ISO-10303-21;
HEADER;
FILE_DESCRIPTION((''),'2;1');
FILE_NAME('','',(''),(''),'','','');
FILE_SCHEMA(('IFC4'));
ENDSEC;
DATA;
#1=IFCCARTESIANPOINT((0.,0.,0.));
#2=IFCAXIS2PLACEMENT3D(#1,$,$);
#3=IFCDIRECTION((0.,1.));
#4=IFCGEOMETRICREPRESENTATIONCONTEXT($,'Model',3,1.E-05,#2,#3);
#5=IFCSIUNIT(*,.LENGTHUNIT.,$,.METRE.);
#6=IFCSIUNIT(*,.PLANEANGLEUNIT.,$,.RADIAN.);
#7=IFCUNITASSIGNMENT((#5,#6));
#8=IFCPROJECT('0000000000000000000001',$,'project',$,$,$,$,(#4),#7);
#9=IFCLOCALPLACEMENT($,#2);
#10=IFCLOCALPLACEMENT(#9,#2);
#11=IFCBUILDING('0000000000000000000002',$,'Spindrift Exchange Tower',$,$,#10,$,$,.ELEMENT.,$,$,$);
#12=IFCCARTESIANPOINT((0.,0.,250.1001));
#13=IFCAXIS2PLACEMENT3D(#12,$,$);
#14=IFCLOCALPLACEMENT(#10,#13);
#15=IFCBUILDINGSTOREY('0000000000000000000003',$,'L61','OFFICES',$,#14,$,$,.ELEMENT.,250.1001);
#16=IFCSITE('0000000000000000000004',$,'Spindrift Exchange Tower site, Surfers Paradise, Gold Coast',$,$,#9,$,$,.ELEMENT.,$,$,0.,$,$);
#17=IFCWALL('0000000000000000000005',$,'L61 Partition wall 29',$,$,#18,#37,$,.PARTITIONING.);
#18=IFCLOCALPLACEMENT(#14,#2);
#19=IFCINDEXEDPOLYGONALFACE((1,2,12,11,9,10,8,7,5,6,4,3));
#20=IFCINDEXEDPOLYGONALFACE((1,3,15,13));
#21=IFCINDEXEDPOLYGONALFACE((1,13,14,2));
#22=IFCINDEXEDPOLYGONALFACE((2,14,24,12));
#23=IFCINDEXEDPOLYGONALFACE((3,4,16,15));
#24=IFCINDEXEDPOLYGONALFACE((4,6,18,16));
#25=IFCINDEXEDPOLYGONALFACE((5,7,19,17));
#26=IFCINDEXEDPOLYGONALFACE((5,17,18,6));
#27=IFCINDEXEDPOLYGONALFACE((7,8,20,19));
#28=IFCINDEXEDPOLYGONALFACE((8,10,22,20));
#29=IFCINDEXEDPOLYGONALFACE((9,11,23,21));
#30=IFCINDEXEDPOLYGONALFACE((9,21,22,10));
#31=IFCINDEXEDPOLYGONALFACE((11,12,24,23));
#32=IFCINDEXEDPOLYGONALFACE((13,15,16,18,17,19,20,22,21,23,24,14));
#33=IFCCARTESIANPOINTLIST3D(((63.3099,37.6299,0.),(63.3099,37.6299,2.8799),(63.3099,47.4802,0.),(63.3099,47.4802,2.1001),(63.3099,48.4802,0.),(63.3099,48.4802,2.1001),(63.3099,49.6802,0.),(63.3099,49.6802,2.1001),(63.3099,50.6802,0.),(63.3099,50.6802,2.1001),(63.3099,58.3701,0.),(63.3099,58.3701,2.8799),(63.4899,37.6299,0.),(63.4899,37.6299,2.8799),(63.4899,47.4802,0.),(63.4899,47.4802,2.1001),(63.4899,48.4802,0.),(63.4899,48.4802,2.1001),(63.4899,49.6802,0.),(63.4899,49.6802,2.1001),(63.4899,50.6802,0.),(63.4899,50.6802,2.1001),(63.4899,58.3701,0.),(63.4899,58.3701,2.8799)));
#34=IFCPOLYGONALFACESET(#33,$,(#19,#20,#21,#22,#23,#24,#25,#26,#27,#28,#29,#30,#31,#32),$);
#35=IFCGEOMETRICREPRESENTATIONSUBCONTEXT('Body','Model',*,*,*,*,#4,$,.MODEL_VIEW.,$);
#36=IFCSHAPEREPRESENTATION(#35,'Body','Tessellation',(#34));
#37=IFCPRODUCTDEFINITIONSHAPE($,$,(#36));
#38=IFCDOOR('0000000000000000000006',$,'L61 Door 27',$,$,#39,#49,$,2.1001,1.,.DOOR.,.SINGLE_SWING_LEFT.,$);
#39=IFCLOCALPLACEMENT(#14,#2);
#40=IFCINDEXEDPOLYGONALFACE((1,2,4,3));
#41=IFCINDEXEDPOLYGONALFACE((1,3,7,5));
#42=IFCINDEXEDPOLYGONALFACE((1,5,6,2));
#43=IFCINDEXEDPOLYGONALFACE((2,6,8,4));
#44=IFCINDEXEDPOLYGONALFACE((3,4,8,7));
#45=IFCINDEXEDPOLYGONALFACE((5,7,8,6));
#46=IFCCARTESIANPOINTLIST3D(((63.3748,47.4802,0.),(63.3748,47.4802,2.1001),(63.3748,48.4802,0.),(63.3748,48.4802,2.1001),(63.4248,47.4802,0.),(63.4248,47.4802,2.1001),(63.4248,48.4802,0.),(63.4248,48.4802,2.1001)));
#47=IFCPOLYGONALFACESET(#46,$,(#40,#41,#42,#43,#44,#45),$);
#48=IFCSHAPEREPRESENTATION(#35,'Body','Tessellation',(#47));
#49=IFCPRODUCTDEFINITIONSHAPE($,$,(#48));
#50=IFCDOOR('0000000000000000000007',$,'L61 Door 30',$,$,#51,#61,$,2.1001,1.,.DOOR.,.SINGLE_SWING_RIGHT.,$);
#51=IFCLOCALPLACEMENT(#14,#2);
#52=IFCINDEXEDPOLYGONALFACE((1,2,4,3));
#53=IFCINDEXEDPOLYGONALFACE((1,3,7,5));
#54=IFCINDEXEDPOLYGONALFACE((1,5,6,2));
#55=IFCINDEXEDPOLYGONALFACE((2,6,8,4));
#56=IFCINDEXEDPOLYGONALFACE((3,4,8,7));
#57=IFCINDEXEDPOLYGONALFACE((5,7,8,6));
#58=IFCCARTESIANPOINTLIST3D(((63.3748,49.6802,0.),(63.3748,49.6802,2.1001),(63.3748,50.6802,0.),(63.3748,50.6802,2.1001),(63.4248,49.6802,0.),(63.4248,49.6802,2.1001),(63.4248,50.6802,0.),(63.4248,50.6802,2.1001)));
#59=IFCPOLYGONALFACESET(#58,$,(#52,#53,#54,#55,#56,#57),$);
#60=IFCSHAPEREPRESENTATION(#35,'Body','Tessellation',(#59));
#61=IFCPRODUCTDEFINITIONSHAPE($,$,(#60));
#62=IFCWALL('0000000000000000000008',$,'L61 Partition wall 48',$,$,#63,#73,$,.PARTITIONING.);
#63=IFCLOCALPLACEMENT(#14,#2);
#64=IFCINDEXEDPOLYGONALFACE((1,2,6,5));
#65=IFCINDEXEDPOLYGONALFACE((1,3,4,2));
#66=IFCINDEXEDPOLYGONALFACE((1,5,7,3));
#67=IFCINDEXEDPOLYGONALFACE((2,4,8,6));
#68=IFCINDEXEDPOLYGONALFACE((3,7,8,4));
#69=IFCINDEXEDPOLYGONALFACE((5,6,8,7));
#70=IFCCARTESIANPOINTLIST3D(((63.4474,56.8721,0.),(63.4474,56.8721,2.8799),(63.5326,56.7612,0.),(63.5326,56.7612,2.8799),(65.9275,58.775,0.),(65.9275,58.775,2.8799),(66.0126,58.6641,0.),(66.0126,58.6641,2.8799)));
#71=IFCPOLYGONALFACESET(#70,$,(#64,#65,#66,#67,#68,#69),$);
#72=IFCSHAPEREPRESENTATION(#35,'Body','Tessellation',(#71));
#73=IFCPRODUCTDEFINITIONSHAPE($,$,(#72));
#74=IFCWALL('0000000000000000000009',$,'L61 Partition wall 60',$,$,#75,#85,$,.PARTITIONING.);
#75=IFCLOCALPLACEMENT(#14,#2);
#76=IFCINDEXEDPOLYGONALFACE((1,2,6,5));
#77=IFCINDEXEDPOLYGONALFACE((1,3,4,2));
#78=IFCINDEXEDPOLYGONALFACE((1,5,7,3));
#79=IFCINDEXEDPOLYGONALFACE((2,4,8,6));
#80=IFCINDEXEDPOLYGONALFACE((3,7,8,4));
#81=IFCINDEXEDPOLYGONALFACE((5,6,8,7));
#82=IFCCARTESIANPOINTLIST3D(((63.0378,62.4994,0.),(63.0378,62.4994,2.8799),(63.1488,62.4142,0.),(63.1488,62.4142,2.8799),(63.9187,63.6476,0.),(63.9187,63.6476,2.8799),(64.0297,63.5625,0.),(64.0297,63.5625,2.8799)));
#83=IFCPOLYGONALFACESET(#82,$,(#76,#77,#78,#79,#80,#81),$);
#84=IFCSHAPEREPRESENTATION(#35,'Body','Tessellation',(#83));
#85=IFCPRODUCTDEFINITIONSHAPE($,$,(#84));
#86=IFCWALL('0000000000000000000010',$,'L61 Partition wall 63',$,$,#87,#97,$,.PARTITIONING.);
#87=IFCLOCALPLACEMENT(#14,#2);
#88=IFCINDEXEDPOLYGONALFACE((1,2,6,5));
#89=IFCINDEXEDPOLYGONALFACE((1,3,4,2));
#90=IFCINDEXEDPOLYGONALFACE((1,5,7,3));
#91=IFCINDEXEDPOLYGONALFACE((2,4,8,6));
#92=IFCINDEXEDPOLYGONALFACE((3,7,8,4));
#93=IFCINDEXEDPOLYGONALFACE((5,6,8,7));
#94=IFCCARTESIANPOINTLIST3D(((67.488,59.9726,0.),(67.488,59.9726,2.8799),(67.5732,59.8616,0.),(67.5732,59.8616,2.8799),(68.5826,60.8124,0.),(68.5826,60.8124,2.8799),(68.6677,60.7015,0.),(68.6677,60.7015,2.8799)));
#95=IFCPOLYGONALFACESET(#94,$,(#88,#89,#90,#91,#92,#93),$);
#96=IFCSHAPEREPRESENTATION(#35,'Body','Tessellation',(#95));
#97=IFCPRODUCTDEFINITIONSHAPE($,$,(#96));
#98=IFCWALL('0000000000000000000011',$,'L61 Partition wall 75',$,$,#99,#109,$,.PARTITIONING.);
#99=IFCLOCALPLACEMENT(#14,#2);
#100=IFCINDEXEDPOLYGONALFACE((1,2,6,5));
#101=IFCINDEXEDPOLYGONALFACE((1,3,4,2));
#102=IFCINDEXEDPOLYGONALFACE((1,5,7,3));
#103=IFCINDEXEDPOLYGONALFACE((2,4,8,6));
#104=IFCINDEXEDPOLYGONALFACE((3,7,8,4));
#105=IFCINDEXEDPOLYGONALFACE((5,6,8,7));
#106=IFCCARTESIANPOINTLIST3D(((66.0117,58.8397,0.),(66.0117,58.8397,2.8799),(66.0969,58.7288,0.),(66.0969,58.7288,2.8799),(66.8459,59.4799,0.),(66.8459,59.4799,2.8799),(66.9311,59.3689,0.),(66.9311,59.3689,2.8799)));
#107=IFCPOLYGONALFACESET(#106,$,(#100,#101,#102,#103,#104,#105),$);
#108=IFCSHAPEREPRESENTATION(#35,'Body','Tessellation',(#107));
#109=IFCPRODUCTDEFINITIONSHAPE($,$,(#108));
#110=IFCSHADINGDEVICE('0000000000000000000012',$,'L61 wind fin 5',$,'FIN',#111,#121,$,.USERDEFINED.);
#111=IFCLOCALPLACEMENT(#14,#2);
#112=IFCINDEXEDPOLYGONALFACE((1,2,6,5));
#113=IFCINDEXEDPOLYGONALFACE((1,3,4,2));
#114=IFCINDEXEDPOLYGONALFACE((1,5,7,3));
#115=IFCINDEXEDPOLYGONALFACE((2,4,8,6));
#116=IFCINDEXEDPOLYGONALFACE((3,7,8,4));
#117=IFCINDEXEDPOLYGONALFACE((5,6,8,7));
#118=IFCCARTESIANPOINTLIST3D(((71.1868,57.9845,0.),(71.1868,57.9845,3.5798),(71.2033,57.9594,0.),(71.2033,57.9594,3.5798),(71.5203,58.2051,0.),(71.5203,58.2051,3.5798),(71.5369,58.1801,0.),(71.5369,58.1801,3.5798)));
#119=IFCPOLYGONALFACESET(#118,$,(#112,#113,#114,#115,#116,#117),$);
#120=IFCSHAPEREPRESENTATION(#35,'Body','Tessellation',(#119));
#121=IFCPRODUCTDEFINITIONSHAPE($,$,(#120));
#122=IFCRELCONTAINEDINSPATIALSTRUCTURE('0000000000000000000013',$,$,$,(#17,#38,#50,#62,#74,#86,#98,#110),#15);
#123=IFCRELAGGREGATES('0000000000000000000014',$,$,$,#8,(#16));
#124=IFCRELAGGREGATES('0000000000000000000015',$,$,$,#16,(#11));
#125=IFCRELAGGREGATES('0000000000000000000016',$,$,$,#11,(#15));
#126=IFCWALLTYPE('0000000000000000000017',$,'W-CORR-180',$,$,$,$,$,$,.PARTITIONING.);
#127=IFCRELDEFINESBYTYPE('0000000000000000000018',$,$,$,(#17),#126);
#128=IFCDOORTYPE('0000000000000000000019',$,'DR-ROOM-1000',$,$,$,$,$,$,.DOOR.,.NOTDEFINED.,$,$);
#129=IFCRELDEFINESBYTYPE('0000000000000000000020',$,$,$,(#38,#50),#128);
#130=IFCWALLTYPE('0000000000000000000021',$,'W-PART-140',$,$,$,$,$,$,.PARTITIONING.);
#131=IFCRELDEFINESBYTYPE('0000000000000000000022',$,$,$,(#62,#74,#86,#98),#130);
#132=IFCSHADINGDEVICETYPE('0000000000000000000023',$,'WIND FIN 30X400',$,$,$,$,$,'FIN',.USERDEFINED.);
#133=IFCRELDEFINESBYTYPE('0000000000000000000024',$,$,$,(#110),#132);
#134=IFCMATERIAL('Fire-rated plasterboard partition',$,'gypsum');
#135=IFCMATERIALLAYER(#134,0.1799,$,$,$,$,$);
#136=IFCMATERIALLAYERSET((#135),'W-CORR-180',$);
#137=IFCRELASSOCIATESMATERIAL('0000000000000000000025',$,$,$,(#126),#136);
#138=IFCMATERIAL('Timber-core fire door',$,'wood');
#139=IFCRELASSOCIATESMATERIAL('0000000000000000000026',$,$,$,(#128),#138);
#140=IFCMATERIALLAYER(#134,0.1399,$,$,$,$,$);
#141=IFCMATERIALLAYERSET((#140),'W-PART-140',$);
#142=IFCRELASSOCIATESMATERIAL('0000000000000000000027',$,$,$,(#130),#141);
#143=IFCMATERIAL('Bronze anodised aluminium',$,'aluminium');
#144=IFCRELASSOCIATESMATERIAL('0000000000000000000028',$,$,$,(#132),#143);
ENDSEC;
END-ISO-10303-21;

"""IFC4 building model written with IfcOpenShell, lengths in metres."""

from ifc_helpers import new_model, si_unit, direction, frame, frame_2d, origin, origin_2d, place, context, subcontext, project, spatial, rectangle, extrude, source, transform, mapped, material, layer, layer_set, material_profile, profile_set, type_object, element, fill, save


model = new_model("IFC4")

# Units and contexts
model_context = context("Model", 3, precision=1e-05, world=origin(), true_north=direction((0.0, 1.0)))
body_context = subcontext(model_context, "Body", "Model", "MODEL_VIEW")
ifc_project = project(units=[si_unit("LENGTHUNIT", "METRE"), si_unit("PLANEANGLEUNIT", "RADIAN")], contexts=[model_context])

# Site, building, storey
site_placement = place(None, origin())
site = spatial("IfcSite", under=ifc_project, at=site_placement, Name="Spindrift Exchange Tower site, Surfers Paradise, Gold Coast", CompositionType="ELEMENT", RefElevation=0.0)
building_placement = place(site_placement, origin())
building = spatial("IfcBuilding", under=site, at=building_placement, Name="Spindrift Exchange Tower", CompositionType="ELEMENT")
storey_placement = place(building_placement, frame((0.0, 0.0, 250.1001)))
storey = spatial("IfcBuildingStorey", under=building, at=storey_placement, Name="L61", Description="OFFICES", CompositionType="ELEMENT", Elevation=250.1001)

# Shared definitions
ifc_material_1 = material(Name="Bronze anodised aluminium", Category="aluminium")

# Wall, openings, doors
ifc_material_2 = material(Name="Fire-rated plasterboard partition", Category="gypsum")
ifc_layer_1 = layer(ifc_material_2, 0.1799)
ifc_layer_set_1 = layer_set([ifc_layer_1], Name="W-CORR-180")
wall_type_1 = type_object("IfcWallType", Name="W-CORR-180", PredefinedType="PARTITIONING", material=ifc_layer_set_1)
wall_1_placement = place(storey_placement, frame((63.3999, 58.3701, 0.0), z_axis=(0.0, 0.0, 1.0), x_axis=(0.0, -1.0, 0.0)))
wall_1 = element("IfcWall", 1, at=wall_1_placement, inside=storey, type_object=wall_type_1, Name="L61 Partition wall 29", PredefinedType="PARTITIONING", context=body_context, shape_type="SweptSolid", body=[
    extrude(rectangle(XDim=20.7402, YDim=0.1799, at=frame_2d((10.3701, 0.0))), origin(), (0.0, 0.0, 1.0), 2.8799),
])
opening_1_placement = place(wall_1_placement, frame((9.8899, 0.0, 0.0)))
opening_1 = element("IfcOpeningElement", 2, at=opening_1_placement, cuts=wall_1, PredefinedType="OPENING", context=body_context, shape_type="SweptSolid", body=[
    extrude(rectangle(XDim=1.0, YDim=2.1001, at=frame_2d((0.5, 1.05))), frame((0.0, 0.0999, 0.0), z_axis=(0.0, -1.0, 0.0), x_axis=(1.0, 0.0, 0.0)), (0.0, 0.0, 1.0), 0.2),
])
opening_2_placement = place(wall_1_placement, frame((7.6899, 0.0, 0.0)))
opening_2 = element("IfcOpeningElement", 3, at=opening_2_placement, cuts=wall_1, PredefinedType="OPENING", context=body_context, shape_type="SweptSolid", body=[
    extrude(rectangle(XDim=1.0, YDim=2.1001, at=frame_2d((0.5, 1.05))), frame((0.0, 0.0999, 0.0), z_axis=(0.0, -1.0, 0.0), x_axis=(1.0, 0.0, 0.0)), (0.0, 0.0, 1.0), 0.2),
])
ifc_material_3 = material(Name="Timber-core fire door", Category="wood")
door_type = type_object("IfcDoorType", Name="DR-ROOM-1000", OperationType="NOTDEFINED", PredefinedType="DOOR", material=ifc_material_3)
shared_shape_1 = source(origin(), body_context, "Body", "SweptSolid", [
    extrude(rectangle(XDim=1.0, YDim=2.1001, at=frame_2d((0.5, 1.05))), frame((0.0, 0.0249, 0.0), z_axis=(0.0, -1.0, 0.0), x_axis=(1.0, 0.0, 0.0)), (0.0, 0.0, 1.0), 0.05),
])
door_1_placement = place(opening_1_placement, origin())
door_1 = element("IfcDoor", 4, at=door_1_placement, inside=storey, type_object=door_type, Name="L61 Door 27", OperationType="SINGLE_SWING_LEFT", OverallHeight=2.1001, OverallWidth=1.0, PredefinedType="DOOR", context=body_context, shape_type="MappedRepresentation", body=[
    mapped(shared_shape_1, transform((0.0, 0.0, 0.0), scale=1.0)),
])
fill(opening_1, door_1)
door_2_placement = place(opening_2_placement, origin())
door_2 = element("IfcDoor", 5, at=door_2_placement, inside=storey, type_object=door_type, Name="L61 Door 30", OperationType="SINGLE_SWING_RIGHT", OverallHeight=2.1001, OverallWidth=1.0, PredefinedType="DOOR", context=body_context, shape_type="MappedRepresentation", body=[
    mapped(shared_shape_1, transform((0.0, 0.0, 0.0), scale=1.0)),
])
fill(opening_2, door_2)

# Walls
ifc_layer_2 = layer(ifc_material_2, 0.1399)
ifc_layer_set_2 = layer_set([ifc_layer_2], Name="W-PART-140")
wall_type_2 = type_object("IfcWallType", Name="W-PART-140", PredefinedType="PARTITIONING", material=ifc_layer_set_2)
wall_2_placement = place(storey_placement, frame((63.49, 56.8167, 0.0), z_axis=(0.0, 0.0, 1.0), x_axis=(0.793372, 0.608736, 0.0)))
element("IfcWall", 6, at=wall_2_placement, inside=storey, type_object=wall_type_2, Name="L61 Partition wall 48", PredefinedType="PARTITIONING", context=body_context, shape_type="SweptSolid", body=[
    extrude(rectangle(XDim=3.126, YDim=0.1399, at=frame_2d((1.563, 0.0))), origin(), (0.0, 0.0, 1.0), 2.8799),
])
wall_3_placement = place(storey_placement, frame((63.0933, 62.4568, 0.0), z_axis=(0.0, 0.0, 1.0), x_axis=(0.608683, 0.793414, 0.0)))
element("IfcWall", 7, at=wall_3_placement, inside=storey, type_object=wall_type_2, Name="L61 Partition wall 60", PredefinedType="PARTITIONING", context=body_context, shape_type="SweptSolid", body=[
    extrude(rectangle(XDim=1.4473, YDim=0.1399, at=frame_2d((0.7236, 0.0))), origin(), (0.0, 0.0, 1.0), 2.8799),
])
wall_4_placement = place(storey_placement, frame((67.5305, 59.917, 0.0), z_axis=(0.0, 0.0, 1.0), x_axis=(0.793347, 0.60877, 0.0)))
element("IfcWall", 8, at=wall_4_placement, inside=storey, type_object=wall_type_2, Name="L61 Partition wall 63", PredefinedType="PARTITIONING", context=body_context, shape_type="SweptSolid", body=[
    extrude(rectangle(XDim=1.3796, YDim=0.1399, at=frame_2d((0.6899, 0.0))), origin(), (0.0, 0.0, 1.0), 2.8799),
])
wall_5_placement = place(storey_placement, frame((66.0542, 58.7842, 0.0), z_axis=(0.0, 0.0, 1.0), x_axis=(0.793348, 0.608768, 0.0)))
element("IfcWall", 9, at=wall_5_placement, inside=storey, type_object=wall_type_2, Name="L61 Partition wall 75", PredefinedType="PARTITIONING", context=body_context, shape_type="SweptSolid", body=[
    extrude(rectangle(XDim=1.0515, YDim=0.1399, at=frame_2d((0.5259, 0.0))), origin(), (0.0, 0.0, 1.0), 2.8799),
])

# Shading device
ifc_material_profile_1 = material_profile(ifc_material_1, rectangle(XDim=0.03, YDim=0.3999, at=origin_2d()), Name="WIND FIN 30X400")
ifc_profile_set_1 = profile_set([ifc_material_profile_1], Name="Bronze anodised aluminium")
shading_device_type = type_object("IfcShadingDeviceType", Name="WIND FIN 30X400", ElementType="FIN", PredefinedType="USERDEFINED", material=ifc_profile_set_1)
shared_shape_2 = source(origin(), body_context, "Body", "SweptSolid", [
    extrude(rectangle(XDim=0.03, YDim=0.3999, at=origin_2d()), origin(), (0.0, 0.0, 1.0), 3.5798),
])
shading_device_placement = place(storey_placement, frame((71.3618, 58.0823, 0.0), z_axis=(0.0, 0.0, 1.0), x_axis=(-0.551752, 0.834008, 0.0)))
element("IfcShadingDevice", 10, at=shading_device_placement, inside=storey, type_object=shading_device_type, Name="L61 wind fin 5", ObjectType="FIN", PredefinedType="USERDEFINED", context=body_context, shape_type="MappedRepresentation", body=[
    mapped(shared_shape_2, transform((0.0, 0.0, 0.0), scale=1.0)),
])

save(model, "model.ifc")
